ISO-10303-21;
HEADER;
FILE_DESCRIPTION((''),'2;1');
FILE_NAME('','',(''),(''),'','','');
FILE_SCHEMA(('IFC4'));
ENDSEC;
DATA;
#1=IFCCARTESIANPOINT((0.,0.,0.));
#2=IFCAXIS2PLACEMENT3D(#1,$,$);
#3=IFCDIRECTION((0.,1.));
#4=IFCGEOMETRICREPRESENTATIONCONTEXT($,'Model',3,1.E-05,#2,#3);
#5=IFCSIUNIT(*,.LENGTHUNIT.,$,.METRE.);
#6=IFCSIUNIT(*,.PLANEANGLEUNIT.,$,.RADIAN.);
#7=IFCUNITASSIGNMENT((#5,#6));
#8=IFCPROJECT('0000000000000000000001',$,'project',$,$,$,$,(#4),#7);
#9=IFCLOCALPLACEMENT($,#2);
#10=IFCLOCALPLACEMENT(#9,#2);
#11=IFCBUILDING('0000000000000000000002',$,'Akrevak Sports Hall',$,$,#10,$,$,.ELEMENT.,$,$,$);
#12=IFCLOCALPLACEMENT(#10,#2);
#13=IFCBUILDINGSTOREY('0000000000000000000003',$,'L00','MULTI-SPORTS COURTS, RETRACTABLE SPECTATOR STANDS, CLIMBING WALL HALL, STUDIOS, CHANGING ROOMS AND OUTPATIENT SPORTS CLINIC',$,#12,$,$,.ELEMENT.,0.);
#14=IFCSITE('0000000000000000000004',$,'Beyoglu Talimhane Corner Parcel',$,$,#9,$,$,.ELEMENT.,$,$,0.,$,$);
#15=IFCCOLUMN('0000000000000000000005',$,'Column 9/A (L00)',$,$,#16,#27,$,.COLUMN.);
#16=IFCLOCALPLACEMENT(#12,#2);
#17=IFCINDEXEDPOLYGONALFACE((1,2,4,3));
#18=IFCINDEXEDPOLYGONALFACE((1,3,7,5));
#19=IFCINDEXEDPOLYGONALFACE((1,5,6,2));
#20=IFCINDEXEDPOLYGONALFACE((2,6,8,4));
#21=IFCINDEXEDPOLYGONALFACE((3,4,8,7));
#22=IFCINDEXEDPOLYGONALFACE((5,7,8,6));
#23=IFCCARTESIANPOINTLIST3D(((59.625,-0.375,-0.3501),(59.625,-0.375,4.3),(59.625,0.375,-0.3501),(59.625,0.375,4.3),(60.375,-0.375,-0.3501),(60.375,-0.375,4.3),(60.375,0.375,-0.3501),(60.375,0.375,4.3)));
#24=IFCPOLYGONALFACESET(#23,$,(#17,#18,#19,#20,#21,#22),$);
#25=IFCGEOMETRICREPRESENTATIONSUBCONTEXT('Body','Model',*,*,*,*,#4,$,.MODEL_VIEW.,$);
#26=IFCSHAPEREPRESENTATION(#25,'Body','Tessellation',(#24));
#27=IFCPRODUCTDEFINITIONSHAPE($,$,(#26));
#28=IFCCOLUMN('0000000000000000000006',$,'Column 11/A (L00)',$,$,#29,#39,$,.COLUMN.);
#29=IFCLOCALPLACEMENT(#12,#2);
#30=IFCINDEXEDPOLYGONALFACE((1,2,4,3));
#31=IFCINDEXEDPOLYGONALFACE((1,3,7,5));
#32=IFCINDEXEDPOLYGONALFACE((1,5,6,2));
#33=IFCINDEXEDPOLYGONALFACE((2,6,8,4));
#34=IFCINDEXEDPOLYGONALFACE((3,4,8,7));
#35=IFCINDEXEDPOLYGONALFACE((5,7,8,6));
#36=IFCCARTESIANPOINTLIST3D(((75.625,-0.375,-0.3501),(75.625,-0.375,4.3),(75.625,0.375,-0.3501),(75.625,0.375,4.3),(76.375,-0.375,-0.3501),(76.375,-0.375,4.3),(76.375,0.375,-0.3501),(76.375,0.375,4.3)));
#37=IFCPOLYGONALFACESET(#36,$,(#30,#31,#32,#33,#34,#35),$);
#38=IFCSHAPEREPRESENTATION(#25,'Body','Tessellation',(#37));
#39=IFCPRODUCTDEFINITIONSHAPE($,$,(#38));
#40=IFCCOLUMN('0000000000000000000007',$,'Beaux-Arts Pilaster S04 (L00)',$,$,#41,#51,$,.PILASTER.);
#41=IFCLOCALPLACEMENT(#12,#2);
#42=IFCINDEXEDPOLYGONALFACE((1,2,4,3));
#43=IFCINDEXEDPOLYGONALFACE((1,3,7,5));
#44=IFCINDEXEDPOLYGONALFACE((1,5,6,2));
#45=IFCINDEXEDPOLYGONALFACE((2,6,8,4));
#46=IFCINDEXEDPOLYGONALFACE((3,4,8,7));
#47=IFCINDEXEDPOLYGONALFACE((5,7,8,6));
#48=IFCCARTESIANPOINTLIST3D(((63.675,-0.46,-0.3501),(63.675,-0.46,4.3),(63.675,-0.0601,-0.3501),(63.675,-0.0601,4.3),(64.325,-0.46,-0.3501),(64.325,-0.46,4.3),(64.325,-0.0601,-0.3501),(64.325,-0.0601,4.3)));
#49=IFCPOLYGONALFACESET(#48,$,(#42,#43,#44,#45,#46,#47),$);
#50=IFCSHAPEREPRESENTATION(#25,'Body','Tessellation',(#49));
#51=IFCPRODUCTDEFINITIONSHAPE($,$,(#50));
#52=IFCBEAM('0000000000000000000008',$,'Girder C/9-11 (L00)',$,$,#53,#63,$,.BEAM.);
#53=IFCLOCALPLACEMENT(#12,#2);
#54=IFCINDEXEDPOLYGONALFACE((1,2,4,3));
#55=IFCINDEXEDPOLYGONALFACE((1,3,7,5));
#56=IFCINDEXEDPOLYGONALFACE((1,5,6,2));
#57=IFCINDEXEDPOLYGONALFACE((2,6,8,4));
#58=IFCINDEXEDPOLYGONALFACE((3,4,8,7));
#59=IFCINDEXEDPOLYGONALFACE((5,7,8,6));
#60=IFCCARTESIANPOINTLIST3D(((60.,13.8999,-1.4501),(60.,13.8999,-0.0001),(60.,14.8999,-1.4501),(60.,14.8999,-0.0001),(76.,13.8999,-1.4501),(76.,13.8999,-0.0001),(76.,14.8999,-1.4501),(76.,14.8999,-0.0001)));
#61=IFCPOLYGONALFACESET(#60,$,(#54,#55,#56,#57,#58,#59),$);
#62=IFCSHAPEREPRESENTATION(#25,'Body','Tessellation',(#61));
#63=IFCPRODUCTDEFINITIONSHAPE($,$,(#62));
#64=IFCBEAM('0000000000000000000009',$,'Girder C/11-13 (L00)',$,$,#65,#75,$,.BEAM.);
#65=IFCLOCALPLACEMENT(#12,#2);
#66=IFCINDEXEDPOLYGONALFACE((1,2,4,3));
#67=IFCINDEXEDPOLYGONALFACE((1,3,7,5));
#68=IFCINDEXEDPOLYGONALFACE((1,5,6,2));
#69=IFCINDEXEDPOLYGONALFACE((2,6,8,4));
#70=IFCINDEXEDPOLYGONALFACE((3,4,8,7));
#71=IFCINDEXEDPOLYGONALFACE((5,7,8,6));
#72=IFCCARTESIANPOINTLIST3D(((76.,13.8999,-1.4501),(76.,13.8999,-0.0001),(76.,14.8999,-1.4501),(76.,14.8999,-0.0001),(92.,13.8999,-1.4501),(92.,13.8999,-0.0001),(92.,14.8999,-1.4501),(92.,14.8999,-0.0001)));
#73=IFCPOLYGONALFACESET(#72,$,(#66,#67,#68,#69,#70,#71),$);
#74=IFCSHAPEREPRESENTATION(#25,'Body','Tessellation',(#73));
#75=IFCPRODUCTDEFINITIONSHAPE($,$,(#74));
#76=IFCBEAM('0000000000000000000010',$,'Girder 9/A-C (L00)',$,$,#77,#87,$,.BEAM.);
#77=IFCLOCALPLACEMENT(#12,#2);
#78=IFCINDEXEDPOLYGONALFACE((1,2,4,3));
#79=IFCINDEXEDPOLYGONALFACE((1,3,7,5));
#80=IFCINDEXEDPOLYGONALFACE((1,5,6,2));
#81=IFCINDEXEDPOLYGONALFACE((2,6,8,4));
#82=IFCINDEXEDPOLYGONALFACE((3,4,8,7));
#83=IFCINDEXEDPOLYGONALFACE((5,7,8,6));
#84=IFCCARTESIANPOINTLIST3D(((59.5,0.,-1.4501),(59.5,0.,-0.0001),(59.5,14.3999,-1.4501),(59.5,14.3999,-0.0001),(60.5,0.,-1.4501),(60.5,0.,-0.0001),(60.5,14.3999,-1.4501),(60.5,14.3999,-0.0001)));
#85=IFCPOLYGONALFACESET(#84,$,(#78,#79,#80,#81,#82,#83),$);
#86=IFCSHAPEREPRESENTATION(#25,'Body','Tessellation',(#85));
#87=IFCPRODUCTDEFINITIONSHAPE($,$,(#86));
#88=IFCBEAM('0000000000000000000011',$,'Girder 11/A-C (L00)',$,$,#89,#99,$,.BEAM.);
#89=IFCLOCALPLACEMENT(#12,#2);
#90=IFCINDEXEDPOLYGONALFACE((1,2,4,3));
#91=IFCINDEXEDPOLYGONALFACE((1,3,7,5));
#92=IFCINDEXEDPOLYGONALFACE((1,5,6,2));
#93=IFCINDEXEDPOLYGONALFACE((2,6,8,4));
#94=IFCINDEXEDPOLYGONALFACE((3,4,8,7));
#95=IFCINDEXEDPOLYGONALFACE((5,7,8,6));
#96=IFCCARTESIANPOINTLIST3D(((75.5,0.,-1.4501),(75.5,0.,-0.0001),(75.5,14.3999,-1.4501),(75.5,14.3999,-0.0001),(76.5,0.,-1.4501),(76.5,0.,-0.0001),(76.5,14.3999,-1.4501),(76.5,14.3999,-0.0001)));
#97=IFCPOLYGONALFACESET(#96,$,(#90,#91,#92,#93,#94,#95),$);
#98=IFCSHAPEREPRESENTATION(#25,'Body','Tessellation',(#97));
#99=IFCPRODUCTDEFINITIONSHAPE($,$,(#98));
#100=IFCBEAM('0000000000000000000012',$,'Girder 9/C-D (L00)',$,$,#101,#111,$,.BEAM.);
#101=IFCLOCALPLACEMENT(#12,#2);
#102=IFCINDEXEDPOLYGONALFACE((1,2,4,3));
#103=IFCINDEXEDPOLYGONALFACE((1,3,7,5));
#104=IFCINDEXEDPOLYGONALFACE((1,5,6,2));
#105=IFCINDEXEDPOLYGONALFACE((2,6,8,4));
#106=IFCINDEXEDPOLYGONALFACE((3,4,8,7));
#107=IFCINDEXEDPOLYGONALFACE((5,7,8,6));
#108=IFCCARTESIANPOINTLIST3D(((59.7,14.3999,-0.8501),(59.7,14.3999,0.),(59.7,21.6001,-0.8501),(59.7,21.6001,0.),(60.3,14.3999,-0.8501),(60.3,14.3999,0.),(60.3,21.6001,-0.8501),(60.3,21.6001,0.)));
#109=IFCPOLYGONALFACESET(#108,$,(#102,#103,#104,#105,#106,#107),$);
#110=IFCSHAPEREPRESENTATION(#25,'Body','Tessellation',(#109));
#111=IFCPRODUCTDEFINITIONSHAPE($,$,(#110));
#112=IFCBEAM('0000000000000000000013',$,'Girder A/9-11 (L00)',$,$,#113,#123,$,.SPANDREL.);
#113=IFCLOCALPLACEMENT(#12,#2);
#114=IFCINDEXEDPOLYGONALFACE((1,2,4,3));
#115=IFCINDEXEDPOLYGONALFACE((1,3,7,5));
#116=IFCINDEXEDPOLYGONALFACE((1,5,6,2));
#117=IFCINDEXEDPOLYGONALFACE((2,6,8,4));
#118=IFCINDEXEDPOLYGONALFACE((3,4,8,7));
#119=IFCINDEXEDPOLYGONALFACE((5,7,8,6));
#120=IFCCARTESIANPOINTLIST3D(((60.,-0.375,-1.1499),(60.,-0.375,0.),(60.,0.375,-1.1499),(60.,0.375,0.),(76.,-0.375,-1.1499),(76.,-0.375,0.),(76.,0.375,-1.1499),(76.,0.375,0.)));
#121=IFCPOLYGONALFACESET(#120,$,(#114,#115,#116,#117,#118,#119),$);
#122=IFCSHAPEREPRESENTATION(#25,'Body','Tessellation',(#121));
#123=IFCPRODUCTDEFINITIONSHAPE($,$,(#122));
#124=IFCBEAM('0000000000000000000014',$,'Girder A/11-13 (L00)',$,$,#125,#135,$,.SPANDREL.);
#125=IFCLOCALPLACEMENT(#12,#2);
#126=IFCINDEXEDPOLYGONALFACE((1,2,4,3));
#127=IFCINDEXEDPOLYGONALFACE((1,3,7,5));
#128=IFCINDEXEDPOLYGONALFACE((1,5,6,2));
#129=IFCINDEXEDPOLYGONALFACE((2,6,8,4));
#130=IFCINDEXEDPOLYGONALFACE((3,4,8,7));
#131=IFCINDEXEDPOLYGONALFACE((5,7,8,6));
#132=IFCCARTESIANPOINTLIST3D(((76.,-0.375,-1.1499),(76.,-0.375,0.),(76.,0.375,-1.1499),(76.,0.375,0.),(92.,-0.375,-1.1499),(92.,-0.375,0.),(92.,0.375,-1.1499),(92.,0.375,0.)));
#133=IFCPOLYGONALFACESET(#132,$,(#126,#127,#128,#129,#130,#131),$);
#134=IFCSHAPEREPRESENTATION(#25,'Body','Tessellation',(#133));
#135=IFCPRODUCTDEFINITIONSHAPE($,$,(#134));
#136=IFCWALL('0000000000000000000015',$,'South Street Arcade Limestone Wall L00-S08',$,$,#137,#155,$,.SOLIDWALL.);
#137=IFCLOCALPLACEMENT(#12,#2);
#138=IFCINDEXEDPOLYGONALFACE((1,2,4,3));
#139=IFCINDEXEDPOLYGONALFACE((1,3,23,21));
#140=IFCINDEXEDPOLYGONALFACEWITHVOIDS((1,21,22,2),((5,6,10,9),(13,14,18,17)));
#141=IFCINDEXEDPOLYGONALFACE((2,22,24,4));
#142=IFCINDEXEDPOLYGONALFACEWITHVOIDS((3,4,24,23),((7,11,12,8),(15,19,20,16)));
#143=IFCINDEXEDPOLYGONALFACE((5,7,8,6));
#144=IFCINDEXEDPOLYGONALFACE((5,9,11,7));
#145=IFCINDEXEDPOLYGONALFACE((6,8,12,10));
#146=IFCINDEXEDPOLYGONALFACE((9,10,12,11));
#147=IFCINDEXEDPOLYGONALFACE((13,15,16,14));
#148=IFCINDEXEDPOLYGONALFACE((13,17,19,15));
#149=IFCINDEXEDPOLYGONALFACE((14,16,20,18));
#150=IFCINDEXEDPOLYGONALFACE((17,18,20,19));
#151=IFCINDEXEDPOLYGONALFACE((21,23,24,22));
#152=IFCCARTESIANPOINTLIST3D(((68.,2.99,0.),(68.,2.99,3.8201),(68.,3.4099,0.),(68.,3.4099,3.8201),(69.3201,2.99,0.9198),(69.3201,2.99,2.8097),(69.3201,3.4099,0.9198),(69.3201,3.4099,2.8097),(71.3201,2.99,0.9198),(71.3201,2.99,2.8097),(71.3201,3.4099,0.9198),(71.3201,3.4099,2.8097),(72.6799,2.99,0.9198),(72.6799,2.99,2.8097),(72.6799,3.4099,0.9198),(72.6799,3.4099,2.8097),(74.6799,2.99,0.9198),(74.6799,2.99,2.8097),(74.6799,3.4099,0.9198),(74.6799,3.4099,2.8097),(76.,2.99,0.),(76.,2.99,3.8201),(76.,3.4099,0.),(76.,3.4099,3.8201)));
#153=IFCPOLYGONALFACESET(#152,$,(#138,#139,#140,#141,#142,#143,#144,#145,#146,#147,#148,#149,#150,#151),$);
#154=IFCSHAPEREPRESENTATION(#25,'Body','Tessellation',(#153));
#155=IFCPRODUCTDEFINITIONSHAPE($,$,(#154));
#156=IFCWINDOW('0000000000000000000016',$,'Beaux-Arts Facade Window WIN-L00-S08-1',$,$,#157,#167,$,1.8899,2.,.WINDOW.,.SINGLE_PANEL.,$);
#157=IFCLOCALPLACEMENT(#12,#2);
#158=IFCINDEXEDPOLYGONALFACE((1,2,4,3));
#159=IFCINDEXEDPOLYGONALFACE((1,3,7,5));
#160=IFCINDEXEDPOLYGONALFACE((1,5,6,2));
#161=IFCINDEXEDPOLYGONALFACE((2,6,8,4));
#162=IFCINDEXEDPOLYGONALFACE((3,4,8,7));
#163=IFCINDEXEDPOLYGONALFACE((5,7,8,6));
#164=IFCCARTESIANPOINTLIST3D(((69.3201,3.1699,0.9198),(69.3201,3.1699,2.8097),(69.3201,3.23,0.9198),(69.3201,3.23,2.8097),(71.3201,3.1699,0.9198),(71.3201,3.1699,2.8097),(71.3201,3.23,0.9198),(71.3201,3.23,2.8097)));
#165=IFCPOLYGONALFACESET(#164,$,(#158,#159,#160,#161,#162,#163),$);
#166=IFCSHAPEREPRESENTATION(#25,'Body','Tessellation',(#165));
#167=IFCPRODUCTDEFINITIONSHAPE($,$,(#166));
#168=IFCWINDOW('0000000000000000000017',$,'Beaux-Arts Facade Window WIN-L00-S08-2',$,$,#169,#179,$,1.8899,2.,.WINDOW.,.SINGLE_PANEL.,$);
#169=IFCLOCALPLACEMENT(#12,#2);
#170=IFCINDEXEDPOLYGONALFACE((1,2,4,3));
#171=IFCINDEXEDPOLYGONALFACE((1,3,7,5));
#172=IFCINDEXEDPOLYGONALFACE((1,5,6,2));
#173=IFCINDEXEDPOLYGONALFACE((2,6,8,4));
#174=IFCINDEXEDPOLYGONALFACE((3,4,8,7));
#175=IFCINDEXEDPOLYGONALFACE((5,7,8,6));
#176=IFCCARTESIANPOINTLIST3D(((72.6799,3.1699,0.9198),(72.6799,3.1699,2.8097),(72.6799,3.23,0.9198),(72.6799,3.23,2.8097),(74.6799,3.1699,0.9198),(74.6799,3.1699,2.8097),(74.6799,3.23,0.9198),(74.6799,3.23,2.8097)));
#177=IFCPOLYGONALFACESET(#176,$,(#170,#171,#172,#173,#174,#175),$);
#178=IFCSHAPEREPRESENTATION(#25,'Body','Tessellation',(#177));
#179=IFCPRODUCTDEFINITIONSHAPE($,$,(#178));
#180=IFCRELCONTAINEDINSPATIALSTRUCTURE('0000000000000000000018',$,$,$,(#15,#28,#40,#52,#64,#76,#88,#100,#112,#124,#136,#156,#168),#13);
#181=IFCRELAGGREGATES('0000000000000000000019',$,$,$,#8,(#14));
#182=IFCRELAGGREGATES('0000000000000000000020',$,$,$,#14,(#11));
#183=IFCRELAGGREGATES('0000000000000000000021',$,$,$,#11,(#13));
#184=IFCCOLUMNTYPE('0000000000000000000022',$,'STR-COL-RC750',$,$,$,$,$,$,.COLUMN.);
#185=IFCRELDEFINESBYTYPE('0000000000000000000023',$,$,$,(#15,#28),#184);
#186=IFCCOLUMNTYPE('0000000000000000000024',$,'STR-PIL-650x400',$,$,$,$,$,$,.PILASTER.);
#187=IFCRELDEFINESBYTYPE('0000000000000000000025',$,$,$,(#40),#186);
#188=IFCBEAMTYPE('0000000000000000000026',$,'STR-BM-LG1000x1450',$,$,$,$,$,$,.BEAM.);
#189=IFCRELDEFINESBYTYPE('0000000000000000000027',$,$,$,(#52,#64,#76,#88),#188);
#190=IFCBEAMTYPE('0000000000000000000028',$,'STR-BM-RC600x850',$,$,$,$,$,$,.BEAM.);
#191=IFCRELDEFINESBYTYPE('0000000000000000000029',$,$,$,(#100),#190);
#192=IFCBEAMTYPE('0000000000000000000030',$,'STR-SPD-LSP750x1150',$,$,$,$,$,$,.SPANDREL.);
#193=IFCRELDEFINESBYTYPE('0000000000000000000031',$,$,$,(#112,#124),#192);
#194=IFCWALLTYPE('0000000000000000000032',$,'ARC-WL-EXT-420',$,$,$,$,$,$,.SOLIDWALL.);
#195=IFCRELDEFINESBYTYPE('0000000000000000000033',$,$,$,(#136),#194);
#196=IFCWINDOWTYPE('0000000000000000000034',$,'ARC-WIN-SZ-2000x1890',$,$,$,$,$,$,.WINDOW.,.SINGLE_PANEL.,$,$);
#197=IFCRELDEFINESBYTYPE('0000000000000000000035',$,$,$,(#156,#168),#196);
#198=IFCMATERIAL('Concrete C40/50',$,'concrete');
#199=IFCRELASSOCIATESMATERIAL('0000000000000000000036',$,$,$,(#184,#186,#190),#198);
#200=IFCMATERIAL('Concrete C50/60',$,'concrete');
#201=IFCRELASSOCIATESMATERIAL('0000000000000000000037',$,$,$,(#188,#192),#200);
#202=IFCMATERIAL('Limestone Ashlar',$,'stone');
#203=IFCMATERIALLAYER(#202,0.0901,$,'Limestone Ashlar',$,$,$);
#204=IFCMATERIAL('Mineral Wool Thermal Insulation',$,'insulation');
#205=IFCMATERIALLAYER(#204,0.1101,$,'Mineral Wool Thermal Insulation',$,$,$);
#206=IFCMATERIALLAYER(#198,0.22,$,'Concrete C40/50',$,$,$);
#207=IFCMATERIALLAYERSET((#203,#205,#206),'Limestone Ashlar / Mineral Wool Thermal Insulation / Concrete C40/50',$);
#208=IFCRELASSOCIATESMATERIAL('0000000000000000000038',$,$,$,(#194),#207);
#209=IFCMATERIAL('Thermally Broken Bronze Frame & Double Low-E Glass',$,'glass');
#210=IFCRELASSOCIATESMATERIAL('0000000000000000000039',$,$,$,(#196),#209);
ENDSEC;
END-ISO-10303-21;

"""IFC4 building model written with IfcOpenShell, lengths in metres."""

from ifc_helpers import new_model, si_unit, direction, frame, frame_2d, origin, origin_2d, place, context, subcontext, project, spatial, rectangle, extrude, material, layer, layer_set, material_profile, profile_set, type_object, element, fill, save


model = new_model("IFC4")

# Units and contexts
model_context = context("Model", 3, precision=1e-05, world=origin(), true_north=direction((0.0, 1.0)))
body_context = subcontext(model_context, "Body", "Model", "MODEL_VIEW")
ifc_project = project(units=[si_unit("LENGTHUNIT", "METRE"), si_unit("PLANEANGLEUNIT", "RADIAN")], contexts=[model_context])

# Site, building, storey
site_placement = place(None, origin())
site = spatial("IfcSite", under=ifc_project, at=site_placement, Name="Beyoglu Talimhane Corner Parcel", CompositionType="ELEMENT", RefElevation=0.0)
building_placement = place(site_placement, origin())
building = spatial("IfcBuilding", under=site, at=building_placement, Name="Akrevak Sports Hall", CompositionType="ELEMENT")
storey_placement = place(building_placement, origin())
storey = spatial("IfcBuildingStorey", under=building, at=storey_placement, Name="L00", Description="MULTI-SPORTS COURTS, RETRACTABLE SPECTATOR STANDS, CLIMBING WALL HALL, STUDIOS, CHANGING ROOMS AND OUTPATIENT SPORTS CLINIC", CompositionType="ELEMENT", Elevation=0.0)

# Columns
ifc_material_1 = material(Name="Concrete C40/50", Category="concrete")
ifc_material_profile_1 = material_profile(ifc_material_1, rectangle(XDim=0.75, YDim=0.75, at=origin_2d()), Name="RC 750x750", Category="concrete")
ifc_profile_set_1 = profile_set([ifc_material_profile_1], Name="Concrete C40/50")
column_type_1 = type_object("IfcColumnType", Name="STR-COL-RC750", PredefinedType="COLUMN", material=ifc_profile_set_1)
for number, where, z_axis, x_axis, name in (
    (1, (60.0, 0.0, -0.3501), (0.0, 0.0, 1.0), (1.0, 0.0, 0.0), "Column 9/A (L00)"),
    (2, (76.0, 0.0, -0.3501), (0.0, 0.0, 1.0), (1.0, 0.0, 0.0), "Column 11/A (L00)"),
):
    element("IfcColumn", number, at=place(storey_placement, frame(where, z_axis=z_axis, x_axis=x_axis)), inside=storey, type_object=column_type_1, Name=name, PredefinedType="COLUMN", context=body_context, shape_type="SweptSolid", body=[
        extrude(rectangle(XDim=0.75, YDim=0.75, at=origin_2d()), origin(), (0.0, 0.0, 1.0), 4.6501),
    ])
ifc_material_profile_2 = material_profile(ifc_material_1, rectangle(XDim=0.6499, YDim=0.3999, at=origin_2d()), Name="PIL 650x400", Category="concrete")
ifc_profile_set_2 = profile_set([ifc_material_profile_2], Name="Concrete C40/50")
column_type_2 = type_object("IfcColumnType", Name="STR-PIL-650x400", PredefinedType="PILASTER", material=ifc_profile_set_2)
column_placement = place(storey_placement, frame((64.0, -0.26, -0.3501), z_axis=(0.0, 0.0, 1.0), x_axis=(1.0, 0.0, 0.0)))
element("IfcColumn", 3, at=column_placement, inside=storey, type_object=column_type_2, Name="Beaux-Arts Pilaster S04 (L00)", PredefinedType="PILASTER", context=body_context, shape_type="SweptSolid", body=[
    extrude(rectangle(XDim=0.6499, YDim=0.3999, at=origin_2d()), origin(), (0.0, 0.0, 1.0), 4.6501),
])

# Beams
ifc_material_2 = material(Name="Concrete C50/60", Category="concrete")
ifc_material_profile_3 = material_profile(ifc_material_2, rectangle(XDim=1.0, YDim=1.45, at=origin_2d()), Name="BM 1000x1450", Category="concrete")
ifc_profile_set_3 = profile_set([ifc_material_profile_3], Name="Concrete C50/60")
beam_type_1 = type_object("IfcBeamType", Name="STR-BM-LG1000x1450", PredefinedType="BEAM", material=ifc_profile_set_3)
for number, where, z_axis, x_axis, name in (
    (4, (60.0, 14.3999, -0.7251), (1.0, 0.0, 0.0), (0.0, 1.0, 0.0), "Girder C/9-11 (L00)"),
    (5, (76.0, 14.3999, -0.7251), (1.0, 0.0, 0.0), (0.0, 1.0, 0.0), "Girder C/11-13 (L00)"),
):
    element("IfcBeam", number, at=place(storey_placement, frame(where, z_axis=z_axis, x_axis=x_axis)), inside=storey, type_object=beam_type_1, Name=name, PredefinedType="BEAM", context=body_context, shape_type="SweptSolid", body=[
        extrude(rectangle(XDim=1.0, YDim=1.45, at=origin_2d()), origin(), (0.0, 0.0, 1.0), 16.0),
    ])
for number, where, z_axis, x_axis, name in (
    (6, (60.0, 0.0, -0.7251), (0.0, 1.0, 0.0), (-1.0, 0.0, 0.0), "Girder 9/A-C (L00)"),
    (7, (76.0, 0.0, -0.7251), (0.0, 1.0, 0.0), (-1.0, 0.0, 0.0), "Girder 11/A-C (L00)"),
):
    element("IfcBeam", number, at=place(storey_placement, frame(where, z_axis=z_axis, x_axis=x_axis)), inside=storey, type_object=beam_type_1, Name=name, PredefinedType="BEAM", context=body_context, shape_type="SweptSolid", body=[
        extrude(rectangle(XDim=1.0, YDim=1.45, at=origin_2d()), origin(), (0.0, 0.0, 1.0), 14.3999),
    ])
ifc_material_profile_4 = material_profile(ifc_material_1, rectangle(XDim=0.6001, YDim=0.8501, at=origin_2d()), Name="BM 600x850", Category="concrete")
ifc_profile_set_4 = profile_set([ifc_material_profile_4], Name="Concrete C40/50")
beam_type_2 = type_object("IfcBeamType", Name="STR-BM-RC600x850", PredefinedType="BEAM", material=ifc_profile_set_4)
beam_placement = place(storey_placement, frame((60.0, 14.3999, -0.425), z_axis=(0.0, 1.0, 0.0), x_axis=(-1.0, 0.0, 0.0)))
element("IfcBeam", 8, at=beam_placement, inside=storey, type_object=beam_type_2, Name="Girder 9/C-D (L00)", PredefinedType="BEAM", context=body_context, shape_type="SweptSolid", body=[
    extrude(rectangle(XDim=0.6001, YDim=0.8501, at=origin_2d()), origin(), (0.0, 0.0, 1.0), 7.2002),
])
ifc_material_profile_5 = material_profile(ifc_material_2, rectangle(XDim=0.75, YDim=1.1499, at=origin_2d()), Name="SPD 750x1150", Category="concrete")
ifc_profile_set_5 = profile_set([ifc_material_profile_5], Name="Concrete C50/60")
beam_type_3 = type_object("IfcBeamType", Name="STR-SPD-LSP750x1150", PredefinedType="SPANDREL", material=ifc_profile_set_5)
for number, where, z_axis, x_axis, name in (
    (9, (60.0, 0.0, -0.575), (1.0, 0.0, 0.0), (0.0, 1.0, 0.0), "Girder A/9-11 (L00)"),
    (10, (76.0, 0.0, -0.575), (1.0, 0.0, 0.0), (0.0, 1.0, 0.0), "Girder A/11-13 (L00)"),
):
    element("IfcBeam", number, at=place(storey_placement, frame(where, z_axis=z_axis, x_axis=x_axis)), inside=storey, type_object=beam_type_3, Name=name, PredefinedType="SPANDREL", context=body_context, shape_type="SweptSolid", body=[
        extrude(rectangle(XDim=0.75, YDim=1.1499, at=origin_2d()), origin(), (0.0, 0.0, 1.0), 16.0),
    ])

# Shared definitions
ifc_material_3 = material(Name="Limestone Ashlar", Category="stone")
ifc_layer_1 = layer(ifc_material_3, 0.0901, Name="Limestone Ashlar")
ifc_material_4 = material(Name="Mineral Wool Thermal Insulation", Category="insulation")
ifc_layer_2 = layer(ifc_material_4, 0.1101, Name="Mineral Wool Thermal Insulation")
ifc_layer_3 = layer(ifc_material_1, 0.22, Name="Concrete C40/50")
ifc_layer_set_1 = layer_set([ifc_layer_1, ifc_layer_2, ifc_layer_3], Name="Limestone Ashlar / Mineral Wool Thermal Insulation / Concrete C40/50")
wall_type_1 = type_object("IfcWallType", Name="ARC-WL-EXT-420", PredefinedType="SOLIDWALL", material=ifc_layer_set_1)

# Wall, openings, windows
wall_1_placement = place(storey_placement, frame((68.0, 3.2, 0.0), z_axis=(0.0, 0.0, 1.0), x_axis=(1.0, 0.0, 0.0)))
wall_1 = element("IfcWall", 11, at=wall_1_placement, inside=storey, type_object=wall_type_1, Name="South Street Arcade Limestone Wall L00-S08", PredefinedType="SOLIDWALL", context=body_context, shape_type="SweptSolid", body=[
    extrude(rectangle(XDim=8.0, YDim=0.4199, at=frame_2d((4.0, 0.0))), origin(), (0.0, 0.0, 1.0), 3.8201),
])
opening_1_placement = place(wall_1_placement, frame((1.3201, 0.0, 0.9199)))
opening_1 = element("IfcOpeningElement", 12, at=opening_1_placement, cuts=wall_1, PredefinedType="OPENING", context=body_context, shape_type="SweptSolid", body=[
    extrude(rectangle(XDim=2.0, YDim=1.8899, at=frame_2d((1.0, 0.9448))), frame((0.0, 0.2219, 0.0), z_axis=(0.0, -1.0, 0.0), x_axis=(1.0, 0.0, 0.0)), (0.0, 0.0, 1.0), 0.4438),
])
opening_2_placement = place(wall_1_placement, frame((4.6799, 0.0, 0.9199)))
opening_2 = element("IfcOpeningElement", 13, at=opening_2_placement, cuts=wall_1, PredefinedType="OPENING", context=body_context, shape_type="SweptSolid", body=[
    extrude(rectangle(XDim=2.0, YDim=1.8899, at=frame_2d((1.0, 0.9448))), frame((0.0, 0.2219, 0.0), z_axis=(0.0, -1.0, 0.0), x_axis=(1.0, 0.0, 0.0)), (0.0, 0.0, 1.0), 0.4438),
])
ifc_material_5 = material(Name="Thermally Broken Bronze Frame & Double Low-E Glass", Category="glass")
window_type = type_object("IfcWindowType", Name="ARC-WIN-SZ-2000x1890", PartitioningType="SINGLE_PANEL", PredefinedType="WINDOW", material=ifc_material_5)
window_1_placement = place(opening_1_placement, origin())
window_1 = element("IfcWindow", 14, at=window_1_placement, inside=storey, type_object=window_type, Name="Beaux-Arts Facade Window WIN-L00-S08-1", OverallHeight=1.8899, OverallWidth=2.0, PartitioningType="SINGLE_PANEL", PredefinedType="WINDOW", context=body_context, shape_type="SweptSolid", body=[
    extrude(rectangle(XDim=2.0, YDim=1.8899, at=frame_2d((1.0, 0.9448))), frame((0.0, 0.03, 0.0), z_axis=(0.0, -1.0, 0.0), x_axis=(1.0, 0.0, 0.0)), (0.0, 0.0, 1.0), 0.0601),
])
fill(opening_1, window_1)
window_2_placement = place(opening_2_placement, origin())
window_2 = element("IfcWindow", 15, at=window_2_placement, inside=storey, type_object=window_type, Name="Beaux-Arts Facade Window WIN-L00-S08-2", OverallHeight=1.8899, OverallWidth=2.0, PartitioningType="SINGLE_PANEL", PredefinedType="WINDOW", context=body_context, shape_type="SweptSolid", body=[
    extrude(rectangle(XDim=2.0, YDim=1.8899, at=frame_2d((1.0, 0.9448))), frame((0.0, 0.03, 0.0), z_axis=(0.0, -1.0, 0.0), x_axis=(1.0, 0.0, 0.0)), (0.0, 0.0, 1.0), 0.0601),
])
fill(opening_2, window_2)

save(model, "model.ifc")
